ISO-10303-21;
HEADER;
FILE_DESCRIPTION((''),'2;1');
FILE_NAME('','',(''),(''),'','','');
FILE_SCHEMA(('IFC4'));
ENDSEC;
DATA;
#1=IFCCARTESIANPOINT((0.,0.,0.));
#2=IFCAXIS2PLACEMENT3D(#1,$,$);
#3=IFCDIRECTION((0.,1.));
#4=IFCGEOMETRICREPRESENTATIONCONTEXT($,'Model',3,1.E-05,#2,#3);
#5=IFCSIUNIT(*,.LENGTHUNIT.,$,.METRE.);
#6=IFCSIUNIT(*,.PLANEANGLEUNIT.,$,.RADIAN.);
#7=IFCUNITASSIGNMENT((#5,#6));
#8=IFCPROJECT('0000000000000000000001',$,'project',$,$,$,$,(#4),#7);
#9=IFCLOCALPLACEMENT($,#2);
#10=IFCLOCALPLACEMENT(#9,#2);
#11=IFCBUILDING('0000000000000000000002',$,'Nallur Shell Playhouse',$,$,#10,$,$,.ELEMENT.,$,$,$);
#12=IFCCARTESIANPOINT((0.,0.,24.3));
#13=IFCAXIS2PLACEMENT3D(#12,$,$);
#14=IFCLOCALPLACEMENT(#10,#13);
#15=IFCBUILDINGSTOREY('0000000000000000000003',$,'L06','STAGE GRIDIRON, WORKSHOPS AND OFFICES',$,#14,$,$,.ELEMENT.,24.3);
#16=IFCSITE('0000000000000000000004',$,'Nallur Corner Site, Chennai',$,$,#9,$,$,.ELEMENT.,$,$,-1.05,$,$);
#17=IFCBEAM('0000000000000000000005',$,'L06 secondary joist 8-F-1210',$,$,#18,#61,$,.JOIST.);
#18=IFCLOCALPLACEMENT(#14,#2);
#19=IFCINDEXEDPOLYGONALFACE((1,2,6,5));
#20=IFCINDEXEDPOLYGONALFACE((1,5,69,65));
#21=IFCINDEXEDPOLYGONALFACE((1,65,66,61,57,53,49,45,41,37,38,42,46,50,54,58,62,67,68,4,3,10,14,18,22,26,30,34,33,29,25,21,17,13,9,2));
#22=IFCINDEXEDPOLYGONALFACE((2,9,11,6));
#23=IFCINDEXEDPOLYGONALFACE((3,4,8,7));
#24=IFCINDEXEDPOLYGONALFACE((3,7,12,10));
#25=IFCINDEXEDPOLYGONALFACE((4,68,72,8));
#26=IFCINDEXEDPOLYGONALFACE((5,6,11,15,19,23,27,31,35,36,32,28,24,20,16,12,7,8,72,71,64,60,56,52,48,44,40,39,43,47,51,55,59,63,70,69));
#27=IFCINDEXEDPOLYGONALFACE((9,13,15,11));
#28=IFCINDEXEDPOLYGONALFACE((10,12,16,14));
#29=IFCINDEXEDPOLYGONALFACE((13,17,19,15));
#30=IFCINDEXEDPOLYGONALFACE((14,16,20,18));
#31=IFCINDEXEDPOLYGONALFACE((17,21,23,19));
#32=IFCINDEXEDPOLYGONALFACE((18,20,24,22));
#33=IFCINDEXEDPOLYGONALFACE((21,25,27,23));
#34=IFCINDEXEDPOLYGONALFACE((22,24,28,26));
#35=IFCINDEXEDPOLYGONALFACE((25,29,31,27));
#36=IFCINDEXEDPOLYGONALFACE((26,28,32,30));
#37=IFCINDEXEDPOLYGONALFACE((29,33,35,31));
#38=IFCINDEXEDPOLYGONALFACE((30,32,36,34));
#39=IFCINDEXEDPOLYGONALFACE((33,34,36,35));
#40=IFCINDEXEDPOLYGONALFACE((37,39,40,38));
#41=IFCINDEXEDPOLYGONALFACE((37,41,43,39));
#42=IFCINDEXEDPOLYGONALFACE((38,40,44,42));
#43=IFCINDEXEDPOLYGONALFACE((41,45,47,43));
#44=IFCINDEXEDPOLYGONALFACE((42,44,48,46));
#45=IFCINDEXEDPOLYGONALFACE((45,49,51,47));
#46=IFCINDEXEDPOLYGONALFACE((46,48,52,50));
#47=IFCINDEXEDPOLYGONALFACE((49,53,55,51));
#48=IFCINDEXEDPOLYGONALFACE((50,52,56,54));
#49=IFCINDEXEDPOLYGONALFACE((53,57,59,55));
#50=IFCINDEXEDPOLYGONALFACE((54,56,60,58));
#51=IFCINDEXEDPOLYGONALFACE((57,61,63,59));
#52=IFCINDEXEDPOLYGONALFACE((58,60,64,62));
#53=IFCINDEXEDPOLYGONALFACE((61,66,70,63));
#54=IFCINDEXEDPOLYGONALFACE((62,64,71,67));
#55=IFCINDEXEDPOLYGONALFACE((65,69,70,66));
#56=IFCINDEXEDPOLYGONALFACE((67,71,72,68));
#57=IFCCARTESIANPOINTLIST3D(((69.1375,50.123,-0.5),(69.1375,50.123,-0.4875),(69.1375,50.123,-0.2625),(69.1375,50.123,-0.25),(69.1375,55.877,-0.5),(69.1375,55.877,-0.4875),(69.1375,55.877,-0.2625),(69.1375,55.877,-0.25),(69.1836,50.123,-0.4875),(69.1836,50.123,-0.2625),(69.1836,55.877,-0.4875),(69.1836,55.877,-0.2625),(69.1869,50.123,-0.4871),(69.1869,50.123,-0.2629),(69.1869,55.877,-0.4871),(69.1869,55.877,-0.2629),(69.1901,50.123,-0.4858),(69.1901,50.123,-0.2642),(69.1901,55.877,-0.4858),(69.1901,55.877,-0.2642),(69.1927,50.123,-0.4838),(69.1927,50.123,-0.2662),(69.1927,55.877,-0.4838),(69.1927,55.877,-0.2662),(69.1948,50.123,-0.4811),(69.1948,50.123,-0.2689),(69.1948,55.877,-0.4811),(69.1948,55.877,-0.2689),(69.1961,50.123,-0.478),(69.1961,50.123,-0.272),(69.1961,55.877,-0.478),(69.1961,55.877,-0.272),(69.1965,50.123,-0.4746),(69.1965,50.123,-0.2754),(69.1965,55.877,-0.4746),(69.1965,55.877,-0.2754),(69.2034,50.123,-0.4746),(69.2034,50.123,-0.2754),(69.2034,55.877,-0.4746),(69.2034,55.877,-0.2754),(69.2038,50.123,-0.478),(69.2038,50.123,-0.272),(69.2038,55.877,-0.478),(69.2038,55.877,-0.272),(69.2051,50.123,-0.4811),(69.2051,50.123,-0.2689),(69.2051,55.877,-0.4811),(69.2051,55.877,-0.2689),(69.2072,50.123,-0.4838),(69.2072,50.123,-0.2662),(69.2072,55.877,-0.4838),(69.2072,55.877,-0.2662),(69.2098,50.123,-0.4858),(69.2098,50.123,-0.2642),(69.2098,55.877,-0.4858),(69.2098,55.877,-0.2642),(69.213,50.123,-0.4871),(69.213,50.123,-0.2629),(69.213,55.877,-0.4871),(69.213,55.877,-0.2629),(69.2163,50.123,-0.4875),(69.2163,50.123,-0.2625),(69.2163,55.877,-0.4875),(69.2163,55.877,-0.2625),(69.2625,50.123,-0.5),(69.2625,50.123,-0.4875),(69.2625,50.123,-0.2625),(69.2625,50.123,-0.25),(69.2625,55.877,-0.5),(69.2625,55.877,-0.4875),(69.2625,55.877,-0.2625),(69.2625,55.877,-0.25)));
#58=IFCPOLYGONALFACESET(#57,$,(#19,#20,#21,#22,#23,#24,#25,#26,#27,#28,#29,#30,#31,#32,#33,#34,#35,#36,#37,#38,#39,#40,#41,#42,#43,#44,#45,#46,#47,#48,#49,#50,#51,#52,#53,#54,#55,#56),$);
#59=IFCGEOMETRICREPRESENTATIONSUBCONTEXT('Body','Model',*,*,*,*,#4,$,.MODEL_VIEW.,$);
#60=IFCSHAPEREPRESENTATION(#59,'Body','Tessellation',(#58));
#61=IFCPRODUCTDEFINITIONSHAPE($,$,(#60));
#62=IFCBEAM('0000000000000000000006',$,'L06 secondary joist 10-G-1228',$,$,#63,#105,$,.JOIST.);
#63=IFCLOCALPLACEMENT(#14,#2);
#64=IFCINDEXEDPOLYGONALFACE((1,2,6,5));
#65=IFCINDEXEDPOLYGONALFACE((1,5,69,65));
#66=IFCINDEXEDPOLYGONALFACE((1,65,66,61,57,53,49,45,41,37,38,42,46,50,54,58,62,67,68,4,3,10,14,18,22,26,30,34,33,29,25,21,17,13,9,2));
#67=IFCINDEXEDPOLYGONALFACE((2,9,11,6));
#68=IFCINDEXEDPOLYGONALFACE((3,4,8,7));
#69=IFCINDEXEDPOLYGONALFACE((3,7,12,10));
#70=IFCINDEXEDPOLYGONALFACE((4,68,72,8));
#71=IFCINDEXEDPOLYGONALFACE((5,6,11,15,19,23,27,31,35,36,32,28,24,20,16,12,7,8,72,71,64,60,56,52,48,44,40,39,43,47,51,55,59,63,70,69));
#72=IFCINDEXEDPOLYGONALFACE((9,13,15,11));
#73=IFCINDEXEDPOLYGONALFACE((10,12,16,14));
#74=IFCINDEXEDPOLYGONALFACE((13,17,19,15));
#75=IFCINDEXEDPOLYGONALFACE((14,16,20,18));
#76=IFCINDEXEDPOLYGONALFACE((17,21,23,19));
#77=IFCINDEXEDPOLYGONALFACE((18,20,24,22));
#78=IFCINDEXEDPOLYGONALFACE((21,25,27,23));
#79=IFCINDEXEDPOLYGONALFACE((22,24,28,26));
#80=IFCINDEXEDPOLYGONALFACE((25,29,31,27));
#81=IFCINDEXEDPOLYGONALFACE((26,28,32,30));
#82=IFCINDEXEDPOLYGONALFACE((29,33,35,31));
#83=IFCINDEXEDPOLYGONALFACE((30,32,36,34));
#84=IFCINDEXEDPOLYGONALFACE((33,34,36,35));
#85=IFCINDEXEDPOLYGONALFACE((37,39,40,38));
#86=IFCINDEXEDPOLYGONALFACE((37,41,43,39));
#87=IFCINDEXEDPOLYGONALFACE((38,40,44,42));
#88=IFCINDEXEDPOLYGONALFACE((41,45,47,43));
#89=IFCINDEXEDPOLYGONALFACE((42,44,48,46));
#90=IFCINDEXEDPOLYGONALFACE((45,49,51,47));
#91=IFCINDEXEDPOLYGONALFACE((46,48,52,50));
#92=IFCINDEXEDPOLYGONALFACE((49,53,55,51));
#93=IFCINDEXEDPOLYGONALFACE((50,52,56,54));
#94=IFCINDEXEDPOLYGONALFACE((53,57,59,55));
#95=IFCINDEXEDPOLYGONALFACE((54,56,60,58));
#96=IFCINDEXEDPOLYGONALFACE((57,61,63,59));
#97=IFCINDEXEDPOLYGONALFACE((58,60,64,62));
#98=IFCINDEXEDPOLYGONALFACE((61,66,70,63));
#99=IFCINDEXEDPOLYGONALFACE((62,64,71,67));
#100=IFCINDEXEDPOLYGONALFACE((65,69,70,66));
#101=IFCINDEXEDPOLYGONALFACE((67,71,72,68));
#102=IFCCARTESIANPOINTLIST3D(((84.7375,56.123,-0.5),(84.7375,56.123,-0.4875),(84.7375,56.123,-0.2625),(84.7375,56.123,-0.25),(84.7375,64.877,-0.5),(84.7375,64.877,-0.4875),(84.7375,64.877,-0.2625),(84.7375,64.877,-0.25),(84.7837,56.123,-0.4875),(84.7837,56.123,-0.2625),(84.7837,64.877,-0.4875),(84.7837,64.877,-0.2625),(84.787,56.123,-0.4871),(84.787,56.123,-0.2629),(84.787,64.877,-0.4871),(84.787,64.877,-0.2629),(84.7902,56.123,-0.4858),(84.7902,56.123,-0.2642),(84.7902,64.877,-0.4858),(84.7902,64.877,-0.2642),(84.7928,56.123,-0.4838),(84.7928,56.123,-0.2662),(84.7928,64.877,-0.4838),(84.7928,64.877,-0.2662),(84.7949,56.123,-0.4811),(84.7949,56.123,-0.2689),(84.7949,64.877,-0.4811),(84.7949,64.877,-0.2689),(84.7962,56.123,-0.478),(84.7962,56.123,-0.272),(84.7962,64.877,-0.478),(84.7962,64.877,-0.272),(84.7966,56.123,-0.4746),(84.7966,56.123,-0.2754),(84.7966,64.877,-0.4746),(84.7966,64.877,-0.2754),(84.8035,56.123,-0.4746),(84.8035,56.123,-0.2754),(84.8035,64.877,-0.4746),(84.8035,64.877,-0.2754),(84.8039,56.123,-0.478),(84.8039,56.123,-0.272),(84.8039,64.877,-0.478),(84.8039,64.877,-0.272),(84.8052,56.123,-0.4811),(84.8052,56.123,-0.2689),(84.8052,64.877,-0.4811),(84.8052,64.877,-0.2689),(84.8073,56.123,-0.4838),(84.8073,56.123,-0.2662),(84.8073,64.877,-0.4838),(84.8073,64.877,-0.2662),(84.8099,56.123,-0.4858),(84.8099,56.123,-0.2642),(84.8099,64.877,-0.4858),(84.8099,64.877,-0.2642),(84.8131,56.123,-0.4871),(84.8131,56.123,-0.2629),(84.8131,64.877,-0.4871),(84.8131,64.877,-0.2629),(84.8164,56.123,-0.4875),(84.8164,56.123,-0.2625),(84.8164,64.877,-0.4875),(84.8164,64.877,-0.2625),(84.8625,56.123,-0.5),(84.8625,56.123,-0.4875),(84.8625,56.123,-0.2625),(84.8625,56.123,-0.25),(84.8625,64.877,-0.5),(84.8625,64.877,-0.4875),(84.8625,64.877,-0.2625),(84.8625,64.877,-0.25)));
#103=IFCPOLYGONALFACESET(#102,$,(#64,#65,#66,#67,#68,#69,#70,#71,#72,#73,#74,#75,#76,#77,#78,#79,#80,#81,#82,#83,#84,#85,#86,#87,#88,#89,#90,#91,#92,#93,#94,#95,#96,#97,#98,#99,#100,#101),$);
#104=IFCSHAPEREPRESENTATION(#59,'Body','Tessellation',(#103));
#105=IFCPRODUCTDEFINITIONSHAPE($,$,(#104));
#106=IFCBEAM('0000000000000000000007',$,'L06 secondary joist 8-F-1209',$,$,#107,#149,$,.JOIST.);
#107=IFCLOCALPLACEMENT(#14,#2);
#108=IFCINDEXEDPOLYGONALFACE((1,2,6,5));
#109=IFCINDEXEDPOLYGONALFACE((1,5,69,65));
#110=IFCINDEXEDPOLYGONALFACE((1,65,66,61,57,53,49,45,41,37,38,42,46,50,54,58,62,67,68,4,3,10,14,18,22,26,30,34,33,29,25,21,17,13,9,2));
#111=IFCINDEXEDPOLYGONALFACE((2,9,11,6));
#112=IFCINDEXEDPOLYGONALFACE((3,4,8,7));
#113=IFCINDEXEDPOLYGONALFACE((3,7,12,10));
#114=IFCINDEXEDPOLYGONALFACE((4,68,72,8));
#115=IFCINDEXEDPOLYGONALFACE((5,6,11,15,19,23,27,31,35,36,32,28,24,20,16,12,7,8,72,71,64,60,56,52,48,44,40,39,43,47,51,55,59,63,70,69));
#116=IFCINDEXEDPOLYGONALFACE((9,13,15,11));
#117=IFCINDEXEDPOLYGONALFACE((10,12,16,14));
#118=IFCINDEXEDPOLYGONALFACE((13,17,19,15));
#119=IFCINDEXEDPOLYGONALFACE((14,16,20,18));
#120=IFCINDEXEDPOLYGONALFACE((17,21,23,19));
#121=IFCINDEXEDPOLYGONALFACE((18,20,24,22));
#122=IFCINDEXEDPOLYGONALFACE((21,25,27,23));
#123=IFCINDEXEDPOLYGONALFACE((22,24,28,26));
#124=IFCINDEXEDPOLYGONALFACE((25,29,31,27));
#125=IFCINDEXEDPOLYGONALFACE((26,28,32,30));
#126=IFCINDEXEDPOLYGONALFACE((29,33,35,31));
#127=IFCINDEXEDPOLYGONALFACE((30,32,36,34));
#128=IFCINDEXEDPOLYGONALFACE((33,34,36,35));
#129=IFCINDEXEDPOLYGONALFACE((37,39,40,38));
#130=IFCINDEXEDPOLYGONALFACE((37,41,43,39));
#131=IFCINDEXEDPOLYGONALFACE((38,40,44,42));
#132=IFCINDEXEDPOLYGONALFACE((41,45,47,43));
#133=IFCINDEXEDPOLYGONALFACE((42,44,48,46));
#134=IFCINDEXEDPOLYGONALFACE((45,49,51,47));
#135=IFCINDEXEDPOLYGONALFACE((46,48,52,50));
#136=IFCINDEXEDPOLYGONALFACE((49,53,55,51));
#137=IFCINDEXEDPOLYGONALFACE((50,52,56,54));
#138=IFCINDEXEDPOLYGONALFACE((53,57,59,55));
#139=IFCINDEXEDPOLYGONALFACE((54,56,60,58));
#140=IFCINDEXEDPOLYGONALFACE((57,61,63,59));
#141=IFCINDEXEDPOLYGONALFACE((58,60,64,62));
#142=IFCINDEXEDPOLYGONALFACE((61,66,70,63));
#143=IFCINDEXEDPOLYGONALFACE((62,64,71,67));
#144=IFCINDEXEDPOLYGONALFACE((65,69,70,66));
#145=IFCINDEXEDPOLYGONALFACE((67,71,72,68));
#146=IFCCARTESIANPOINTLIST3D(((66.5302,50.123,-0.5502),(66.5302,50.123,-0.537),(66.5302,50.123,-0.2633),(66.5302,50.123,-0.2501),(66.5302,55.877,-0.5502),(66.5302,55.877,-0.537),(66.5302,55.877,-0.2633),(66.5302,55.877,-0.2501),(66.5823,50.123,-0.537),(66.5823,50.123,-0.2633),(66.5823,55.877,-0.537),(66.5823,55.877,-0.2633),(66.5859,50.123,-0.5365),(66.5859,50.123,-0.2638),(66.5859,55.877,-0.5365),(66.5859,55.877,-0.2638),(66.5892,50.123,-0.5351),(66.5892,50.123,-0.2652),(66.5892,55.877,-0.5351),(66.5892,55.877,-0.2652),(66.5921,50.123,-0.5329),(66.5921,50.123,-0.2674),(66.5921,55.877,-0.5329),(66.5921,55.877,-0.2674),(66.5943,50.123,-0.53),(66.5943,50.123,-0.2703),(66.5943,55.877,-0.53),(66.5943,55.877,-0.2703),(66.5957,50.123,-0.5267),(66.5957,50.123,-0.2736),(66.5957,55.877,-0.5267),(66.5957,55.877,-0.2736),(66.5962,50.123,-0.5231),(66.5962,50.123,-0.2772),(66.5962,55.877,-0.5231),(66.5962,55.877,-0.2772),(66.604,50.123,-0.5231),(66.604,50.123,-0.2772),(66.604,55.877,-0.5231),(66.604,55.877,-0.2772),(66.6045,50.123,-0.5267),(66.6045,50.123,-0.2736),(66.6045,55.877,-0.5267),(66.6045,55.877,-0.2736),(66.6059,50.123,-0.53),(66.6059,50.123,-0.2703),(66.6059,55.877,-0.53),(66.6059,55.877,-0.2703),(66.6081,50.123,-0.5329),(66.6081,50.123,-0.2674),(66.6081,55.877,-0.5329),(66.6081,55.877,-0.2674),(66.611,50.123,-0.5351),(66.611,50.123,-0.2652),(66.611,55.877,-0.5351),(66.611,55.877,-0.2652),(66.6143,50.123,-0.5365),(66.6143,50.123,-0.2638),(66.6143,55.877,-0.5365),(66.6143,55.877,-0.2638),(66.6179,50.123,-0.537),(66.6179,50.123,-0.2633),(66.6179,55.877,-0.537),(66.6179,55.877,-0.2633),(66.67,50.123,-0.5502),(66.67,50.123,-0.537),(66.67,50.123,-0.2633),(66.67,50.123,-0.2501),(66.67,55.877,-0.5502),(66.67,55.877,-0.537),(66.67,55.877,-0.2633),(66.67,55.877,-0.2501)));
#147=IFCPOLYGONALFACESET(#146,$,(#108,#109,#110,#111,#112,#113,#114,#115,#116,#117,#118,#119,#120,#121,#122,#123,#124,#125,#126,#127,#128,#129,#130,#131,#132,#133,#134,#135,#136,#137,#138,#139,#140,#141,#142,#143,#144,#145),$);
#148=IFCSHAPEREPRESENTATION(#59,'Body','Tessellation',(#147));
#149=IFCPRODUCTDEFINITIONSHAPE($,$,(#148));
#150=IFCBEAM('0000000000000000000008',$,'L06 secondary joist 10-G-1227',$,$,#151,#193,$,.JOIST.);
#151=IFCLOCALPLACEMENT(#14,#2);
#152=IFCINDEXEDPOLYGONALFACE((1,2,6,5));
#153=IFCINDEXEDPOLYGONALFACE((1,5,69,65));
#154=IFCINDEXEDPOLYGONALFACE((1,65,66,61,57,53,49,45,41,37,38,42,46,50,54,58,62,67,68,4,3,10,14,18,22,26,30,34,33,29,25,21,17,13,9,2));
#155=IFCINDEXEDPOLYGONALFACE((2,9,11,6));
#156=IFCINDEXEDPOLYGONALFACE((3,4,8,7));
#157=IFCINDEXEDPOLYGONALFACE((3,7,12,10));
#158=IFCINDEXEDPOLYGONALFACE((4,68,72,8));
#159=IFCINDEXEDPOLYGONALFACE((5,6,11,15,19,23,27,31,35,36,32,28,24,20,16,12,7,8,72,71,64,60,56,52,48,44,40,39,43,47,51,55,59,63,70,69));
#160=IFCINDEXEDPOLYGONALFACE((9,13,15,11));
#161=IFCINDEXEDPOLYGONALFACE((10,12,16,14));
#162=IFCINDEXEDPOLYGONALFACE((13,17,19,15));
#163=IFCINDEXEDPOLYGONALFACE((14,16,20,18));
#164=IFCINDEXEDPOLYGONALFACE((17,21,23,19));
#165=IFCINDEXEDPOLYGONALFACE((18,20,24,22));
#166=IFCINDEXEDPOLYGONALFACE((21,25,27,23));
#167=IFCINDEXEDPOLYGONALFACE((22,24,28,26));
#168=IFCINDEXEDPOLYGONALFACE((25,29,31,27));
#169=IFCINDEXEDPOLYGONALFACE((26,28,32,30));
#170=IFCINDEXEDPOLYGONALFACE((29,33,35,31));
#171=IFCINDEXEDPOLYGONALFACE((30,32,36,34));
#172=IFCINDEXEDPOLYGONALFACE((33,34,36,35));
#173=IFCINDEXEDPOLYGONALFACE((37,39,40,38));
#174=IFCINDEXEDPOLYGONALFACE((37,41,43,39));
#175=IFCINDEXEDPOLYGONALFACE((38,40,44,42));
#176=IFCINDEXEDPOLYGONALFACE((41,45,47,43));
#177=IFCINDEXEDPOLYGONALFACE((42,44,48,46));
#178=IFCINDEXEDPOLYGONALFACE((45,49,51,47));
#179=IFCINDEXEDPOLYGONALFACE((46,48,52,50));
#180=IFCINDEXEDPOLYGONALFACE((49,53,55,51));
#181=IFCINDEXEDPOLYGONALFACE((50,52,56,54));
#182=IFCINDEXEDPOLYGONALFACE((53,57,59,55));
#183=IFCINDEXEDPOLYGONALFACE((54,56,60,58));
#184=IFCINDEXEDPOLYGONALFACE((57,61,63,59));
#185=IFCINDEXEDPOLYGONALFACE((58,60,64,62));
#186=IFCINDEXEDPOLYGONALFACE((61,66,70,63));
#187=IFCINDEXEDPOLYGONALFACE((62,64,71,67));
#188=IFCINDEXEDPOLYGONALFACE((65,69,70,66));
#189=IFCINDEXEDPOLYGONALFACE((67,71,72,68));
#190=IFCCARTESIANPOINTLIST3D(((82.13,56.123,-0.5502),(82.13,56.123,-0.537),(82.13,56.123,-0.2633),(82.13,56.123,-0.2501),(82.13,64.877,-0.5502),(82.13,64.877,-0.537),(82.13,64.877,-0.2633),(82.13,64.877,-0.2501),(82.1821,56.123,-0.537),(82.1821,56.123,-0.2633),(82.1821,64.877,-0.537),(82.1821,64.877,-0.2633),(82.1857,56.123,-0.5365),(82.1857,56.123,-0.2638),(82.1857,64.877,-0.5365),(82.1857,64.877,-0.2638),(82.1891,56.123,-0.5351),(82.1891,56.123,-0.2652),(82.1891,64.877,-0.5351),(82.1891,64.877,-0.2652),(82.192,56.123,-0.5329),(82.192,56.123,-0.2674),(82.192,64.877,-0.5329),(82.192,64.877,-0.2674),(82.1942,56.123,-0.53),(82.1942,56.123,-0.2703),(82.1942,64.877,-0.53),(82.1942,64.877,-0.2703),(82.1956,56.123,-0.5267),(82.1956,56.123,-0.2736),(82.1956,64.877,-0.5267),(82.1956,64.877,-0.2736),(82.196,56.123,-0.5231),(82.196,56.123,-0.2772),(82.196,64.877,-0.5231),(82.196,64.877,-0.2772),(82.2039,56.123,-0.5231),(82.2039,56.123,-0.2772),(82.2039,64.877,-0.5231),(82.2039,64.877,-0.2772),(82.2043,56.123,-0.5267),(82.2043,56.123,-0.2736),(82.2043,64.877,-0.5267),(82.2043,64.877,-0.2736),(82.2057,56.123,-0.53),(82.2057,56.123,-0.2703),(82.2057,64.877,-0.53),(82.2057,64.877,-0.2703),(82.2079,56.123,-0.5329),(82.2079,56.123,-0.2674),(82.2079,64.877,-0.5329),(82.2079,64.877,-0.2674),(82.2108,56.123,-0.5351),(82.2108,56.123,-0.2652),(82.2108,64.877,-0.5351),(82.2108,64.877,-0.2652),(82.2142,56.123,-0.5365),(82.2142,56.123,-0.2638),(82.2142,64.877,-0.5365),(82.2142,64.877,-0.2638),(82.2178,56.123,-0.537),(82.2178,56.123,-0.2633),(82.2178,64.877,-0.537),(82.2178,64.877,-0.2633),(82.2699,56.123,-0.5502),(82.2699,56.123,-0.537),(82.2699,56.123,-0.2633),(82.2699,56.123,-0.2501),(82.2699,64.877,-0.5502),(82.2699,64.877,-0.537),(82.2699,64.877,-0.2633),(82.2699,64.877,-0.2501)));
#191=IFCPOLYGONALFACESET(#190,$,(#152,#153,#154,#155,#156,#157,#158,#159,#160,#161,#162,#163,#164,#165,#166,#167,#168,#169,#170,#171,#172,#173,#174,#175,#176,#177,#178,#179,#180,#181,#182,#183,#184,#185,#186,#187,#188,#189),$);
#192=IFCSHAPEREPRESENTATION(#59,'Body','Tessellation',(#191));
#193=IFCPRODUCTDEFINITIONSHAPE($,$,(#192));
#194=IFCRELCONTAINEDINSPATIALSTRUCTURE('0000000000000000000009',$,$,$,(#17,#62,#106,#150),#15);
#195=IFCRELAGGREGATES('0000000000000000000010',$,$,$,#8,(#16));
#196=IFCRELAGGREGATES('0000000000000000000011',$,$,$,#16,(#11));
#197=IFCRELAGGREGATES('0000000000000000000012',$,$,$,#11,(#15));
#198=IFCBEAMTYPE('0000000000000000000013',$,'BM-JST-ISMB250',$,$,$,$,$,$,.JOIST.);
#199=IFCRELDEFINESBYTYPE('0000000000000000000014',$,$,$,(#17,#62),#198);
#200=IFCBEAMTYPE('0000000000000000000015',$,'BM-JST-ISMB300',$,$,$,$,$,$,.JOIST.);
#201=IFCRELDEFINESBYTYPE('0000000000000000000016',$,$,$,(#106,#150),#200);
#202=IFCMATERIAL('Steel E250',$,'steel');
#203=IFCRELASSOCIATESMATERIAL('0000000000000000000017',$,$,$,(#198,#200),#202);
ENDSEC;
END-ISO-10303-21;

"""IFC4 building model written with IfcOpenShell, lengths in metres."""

from ifc_helpers import new_model, si_unit, direction, frame, origin, origin_2d, place, context, subcontext, project, spatial, i_section, extrude, material, material_profile, profile_set, type_object, element, save


model = new_model("IFC4")

# Units and contexts
model_context = context("Model", 3, precision=1e-05, world=origin(), true_north=direction((0.0, 1.0)))
body_context = subcontext(model_context, "Body", "Model", "MODEL_VIEW")
ifc_project = project(units=[si_unit("LENGTHUNIT", "METRE"), si_unit("PLANEANGLEUNIT", "RADIAN")], contexts=[model_context])

# Site, building, storey
site_placement = place(None, origin())
site = spatial("IfcSite", under=ifc_project, at=site_placement, Name="Nallur Corner Site, Chennai", CompositionType="ELEMENT", RefElevation=-1.05)
building_placement = place(site_placement, origin())
building = spatial("IfcBuilding", under=site, at=building_placement, Name="Nallur Shell Playhouse", CompositionType="ELEMENT")
storey_placement = place(building_placement, frame((0.0, 0.0, 24.3)))
storey = spatial("IfcBuildingStorey", under=building, at=storey_placement, Name="L06", Description="STAGE GRIDIRON, WORKSHOPS AND OFFICES", CompositionType="ELEMENT", Elevation=24.3)

# Beams
ifc_material_1 = material(Name="Steel E250", Category="steel")
ifc_material_profile_1 = material_profile(ifc_material_1, i_section(OverallWidth=0.125, OverallDepth=0.25, WebThickness=0.0068, FlangeThickness=0.0125, FilletRadius=0.0129, at=origin_2d()), Name="ISMB 250")
ifc_profile_set_1 = profile_set([ifc_material_profile_1], Name="Steel E250")
beam_type_1 = type_object("IfcBeamType", Name="BM-JST-ISMB250", PredefinedType="JOIST", material=ifc_profile_set_1)
beam_1_placement = place(storey_placement, frame((69.2, 50.123, -0.375), z_axis=(0.0, 1.0, 0.0), x_axis=(-1.0, 0.0, 0.0)))
element("IfcBeam", 1, at=beam_1_placement, inside=storey, type_object=beam_type_1, Name="L06 secondary joist 8-F-1210", PredefinedType="JOIST", context=body_context, shape_type="SweptSolid", body=[
    extrude(i_section(OverallWidth=0.125, OverallDepth=0.25, WebThickness=0.0068, FlangeThickness=0.0125, FilletRadius=0.0129, at=origin_2d()), origin(), (0.0, 0.0, 1.0), 5.7539),
])
beam_2_placement = place(storey_placement, frame((84.8, 56.123, -0.375), z_axis=(0.0, 1.0, 0.0), x_axis=(-1.0, 0.0, 0.0)))
element("IfcBeam", 2, at=beam_2_placement, inside=storey, type_object=beam_type_1, Name="L06 secondary joist 10-G-1228", PredefinedType="JOIST", context=body_context, shape_type="SweptSolid", body=[
    extrude(i_section(OverallWidth=0.125, OverallDepth=0.25, WebThickness=0.0068, FlangeThickness=0.0125, FilletRadius=0.0129, at=origin_2d()), origin(), (0.0, 0.0, 1.0), 8.7539),
])
ifc_material_profile_2 = material_profile(ifc_material_1, i_section(OverallWidth=0.1399, OverallDepth=0.3, WebThickness=0.0078, FlangeThickness=0.0132, FilletRadius=0.0139, at=origin_2d()), Name="ISMB 300")
ifc_profile_set_2 = profile_set([ifc_material_profile_2], Name="Steel E250")
beam_type_2 = type_object("IfcBeamType", Name="BM-JST-ISMB300", PredefinedType="JOIST", material=ifc_profile_set_2)
beam_3_placement = place(storey_placement, frame((66.6001, 50.123, -0.4001), z_axis=(0.0, 1.0, 0.0), x_axis=(-1.0, 0.0, 0.0)))
element("IfcBeam", 3, at=beam_3_placement, inside=storey, type_object=beam_type_2, Name="L06 secondary joist 8-F-1209", PredefinedType="JOIST", context=body_context, shape_type="SweptSolid", body=[
    extrude(i_section(OverallWidth=0.1399, OverallDepth=0.3, WebThickness=0.0078, FlangeThickness=0.0132, FilletRadius=0.0139, at=origin_2d()), origin(), (0.0, 0.0, 1.0), 5.7539),
])
beam_4_placement = place(storey_placement, frame((82.2, 56.123, -0.4001), z_axis=(0.0, 1.0, 0.0), x_axis=(-1.0, 0.0, 0.0)))
element("IfcBeam", 4, at=beam_4_placement, inside=storey, type_object=beam_type_2, Name="L06 secondary joist 10-G-1227", PredefinedType="JOIST", context=body_context, shape_type="SweptSolid", body=[
    extrude(i_section(OverallWidth=0.1399, OverallDepth=0.3, WebThickness=0.0078, FlangeThickness=0.0132, FilletRadius=0.0139, at=origin_2d()), origin(), (0.0, 0.0, 1.0), 8.7539),
])

save(model, "model.ifc")
